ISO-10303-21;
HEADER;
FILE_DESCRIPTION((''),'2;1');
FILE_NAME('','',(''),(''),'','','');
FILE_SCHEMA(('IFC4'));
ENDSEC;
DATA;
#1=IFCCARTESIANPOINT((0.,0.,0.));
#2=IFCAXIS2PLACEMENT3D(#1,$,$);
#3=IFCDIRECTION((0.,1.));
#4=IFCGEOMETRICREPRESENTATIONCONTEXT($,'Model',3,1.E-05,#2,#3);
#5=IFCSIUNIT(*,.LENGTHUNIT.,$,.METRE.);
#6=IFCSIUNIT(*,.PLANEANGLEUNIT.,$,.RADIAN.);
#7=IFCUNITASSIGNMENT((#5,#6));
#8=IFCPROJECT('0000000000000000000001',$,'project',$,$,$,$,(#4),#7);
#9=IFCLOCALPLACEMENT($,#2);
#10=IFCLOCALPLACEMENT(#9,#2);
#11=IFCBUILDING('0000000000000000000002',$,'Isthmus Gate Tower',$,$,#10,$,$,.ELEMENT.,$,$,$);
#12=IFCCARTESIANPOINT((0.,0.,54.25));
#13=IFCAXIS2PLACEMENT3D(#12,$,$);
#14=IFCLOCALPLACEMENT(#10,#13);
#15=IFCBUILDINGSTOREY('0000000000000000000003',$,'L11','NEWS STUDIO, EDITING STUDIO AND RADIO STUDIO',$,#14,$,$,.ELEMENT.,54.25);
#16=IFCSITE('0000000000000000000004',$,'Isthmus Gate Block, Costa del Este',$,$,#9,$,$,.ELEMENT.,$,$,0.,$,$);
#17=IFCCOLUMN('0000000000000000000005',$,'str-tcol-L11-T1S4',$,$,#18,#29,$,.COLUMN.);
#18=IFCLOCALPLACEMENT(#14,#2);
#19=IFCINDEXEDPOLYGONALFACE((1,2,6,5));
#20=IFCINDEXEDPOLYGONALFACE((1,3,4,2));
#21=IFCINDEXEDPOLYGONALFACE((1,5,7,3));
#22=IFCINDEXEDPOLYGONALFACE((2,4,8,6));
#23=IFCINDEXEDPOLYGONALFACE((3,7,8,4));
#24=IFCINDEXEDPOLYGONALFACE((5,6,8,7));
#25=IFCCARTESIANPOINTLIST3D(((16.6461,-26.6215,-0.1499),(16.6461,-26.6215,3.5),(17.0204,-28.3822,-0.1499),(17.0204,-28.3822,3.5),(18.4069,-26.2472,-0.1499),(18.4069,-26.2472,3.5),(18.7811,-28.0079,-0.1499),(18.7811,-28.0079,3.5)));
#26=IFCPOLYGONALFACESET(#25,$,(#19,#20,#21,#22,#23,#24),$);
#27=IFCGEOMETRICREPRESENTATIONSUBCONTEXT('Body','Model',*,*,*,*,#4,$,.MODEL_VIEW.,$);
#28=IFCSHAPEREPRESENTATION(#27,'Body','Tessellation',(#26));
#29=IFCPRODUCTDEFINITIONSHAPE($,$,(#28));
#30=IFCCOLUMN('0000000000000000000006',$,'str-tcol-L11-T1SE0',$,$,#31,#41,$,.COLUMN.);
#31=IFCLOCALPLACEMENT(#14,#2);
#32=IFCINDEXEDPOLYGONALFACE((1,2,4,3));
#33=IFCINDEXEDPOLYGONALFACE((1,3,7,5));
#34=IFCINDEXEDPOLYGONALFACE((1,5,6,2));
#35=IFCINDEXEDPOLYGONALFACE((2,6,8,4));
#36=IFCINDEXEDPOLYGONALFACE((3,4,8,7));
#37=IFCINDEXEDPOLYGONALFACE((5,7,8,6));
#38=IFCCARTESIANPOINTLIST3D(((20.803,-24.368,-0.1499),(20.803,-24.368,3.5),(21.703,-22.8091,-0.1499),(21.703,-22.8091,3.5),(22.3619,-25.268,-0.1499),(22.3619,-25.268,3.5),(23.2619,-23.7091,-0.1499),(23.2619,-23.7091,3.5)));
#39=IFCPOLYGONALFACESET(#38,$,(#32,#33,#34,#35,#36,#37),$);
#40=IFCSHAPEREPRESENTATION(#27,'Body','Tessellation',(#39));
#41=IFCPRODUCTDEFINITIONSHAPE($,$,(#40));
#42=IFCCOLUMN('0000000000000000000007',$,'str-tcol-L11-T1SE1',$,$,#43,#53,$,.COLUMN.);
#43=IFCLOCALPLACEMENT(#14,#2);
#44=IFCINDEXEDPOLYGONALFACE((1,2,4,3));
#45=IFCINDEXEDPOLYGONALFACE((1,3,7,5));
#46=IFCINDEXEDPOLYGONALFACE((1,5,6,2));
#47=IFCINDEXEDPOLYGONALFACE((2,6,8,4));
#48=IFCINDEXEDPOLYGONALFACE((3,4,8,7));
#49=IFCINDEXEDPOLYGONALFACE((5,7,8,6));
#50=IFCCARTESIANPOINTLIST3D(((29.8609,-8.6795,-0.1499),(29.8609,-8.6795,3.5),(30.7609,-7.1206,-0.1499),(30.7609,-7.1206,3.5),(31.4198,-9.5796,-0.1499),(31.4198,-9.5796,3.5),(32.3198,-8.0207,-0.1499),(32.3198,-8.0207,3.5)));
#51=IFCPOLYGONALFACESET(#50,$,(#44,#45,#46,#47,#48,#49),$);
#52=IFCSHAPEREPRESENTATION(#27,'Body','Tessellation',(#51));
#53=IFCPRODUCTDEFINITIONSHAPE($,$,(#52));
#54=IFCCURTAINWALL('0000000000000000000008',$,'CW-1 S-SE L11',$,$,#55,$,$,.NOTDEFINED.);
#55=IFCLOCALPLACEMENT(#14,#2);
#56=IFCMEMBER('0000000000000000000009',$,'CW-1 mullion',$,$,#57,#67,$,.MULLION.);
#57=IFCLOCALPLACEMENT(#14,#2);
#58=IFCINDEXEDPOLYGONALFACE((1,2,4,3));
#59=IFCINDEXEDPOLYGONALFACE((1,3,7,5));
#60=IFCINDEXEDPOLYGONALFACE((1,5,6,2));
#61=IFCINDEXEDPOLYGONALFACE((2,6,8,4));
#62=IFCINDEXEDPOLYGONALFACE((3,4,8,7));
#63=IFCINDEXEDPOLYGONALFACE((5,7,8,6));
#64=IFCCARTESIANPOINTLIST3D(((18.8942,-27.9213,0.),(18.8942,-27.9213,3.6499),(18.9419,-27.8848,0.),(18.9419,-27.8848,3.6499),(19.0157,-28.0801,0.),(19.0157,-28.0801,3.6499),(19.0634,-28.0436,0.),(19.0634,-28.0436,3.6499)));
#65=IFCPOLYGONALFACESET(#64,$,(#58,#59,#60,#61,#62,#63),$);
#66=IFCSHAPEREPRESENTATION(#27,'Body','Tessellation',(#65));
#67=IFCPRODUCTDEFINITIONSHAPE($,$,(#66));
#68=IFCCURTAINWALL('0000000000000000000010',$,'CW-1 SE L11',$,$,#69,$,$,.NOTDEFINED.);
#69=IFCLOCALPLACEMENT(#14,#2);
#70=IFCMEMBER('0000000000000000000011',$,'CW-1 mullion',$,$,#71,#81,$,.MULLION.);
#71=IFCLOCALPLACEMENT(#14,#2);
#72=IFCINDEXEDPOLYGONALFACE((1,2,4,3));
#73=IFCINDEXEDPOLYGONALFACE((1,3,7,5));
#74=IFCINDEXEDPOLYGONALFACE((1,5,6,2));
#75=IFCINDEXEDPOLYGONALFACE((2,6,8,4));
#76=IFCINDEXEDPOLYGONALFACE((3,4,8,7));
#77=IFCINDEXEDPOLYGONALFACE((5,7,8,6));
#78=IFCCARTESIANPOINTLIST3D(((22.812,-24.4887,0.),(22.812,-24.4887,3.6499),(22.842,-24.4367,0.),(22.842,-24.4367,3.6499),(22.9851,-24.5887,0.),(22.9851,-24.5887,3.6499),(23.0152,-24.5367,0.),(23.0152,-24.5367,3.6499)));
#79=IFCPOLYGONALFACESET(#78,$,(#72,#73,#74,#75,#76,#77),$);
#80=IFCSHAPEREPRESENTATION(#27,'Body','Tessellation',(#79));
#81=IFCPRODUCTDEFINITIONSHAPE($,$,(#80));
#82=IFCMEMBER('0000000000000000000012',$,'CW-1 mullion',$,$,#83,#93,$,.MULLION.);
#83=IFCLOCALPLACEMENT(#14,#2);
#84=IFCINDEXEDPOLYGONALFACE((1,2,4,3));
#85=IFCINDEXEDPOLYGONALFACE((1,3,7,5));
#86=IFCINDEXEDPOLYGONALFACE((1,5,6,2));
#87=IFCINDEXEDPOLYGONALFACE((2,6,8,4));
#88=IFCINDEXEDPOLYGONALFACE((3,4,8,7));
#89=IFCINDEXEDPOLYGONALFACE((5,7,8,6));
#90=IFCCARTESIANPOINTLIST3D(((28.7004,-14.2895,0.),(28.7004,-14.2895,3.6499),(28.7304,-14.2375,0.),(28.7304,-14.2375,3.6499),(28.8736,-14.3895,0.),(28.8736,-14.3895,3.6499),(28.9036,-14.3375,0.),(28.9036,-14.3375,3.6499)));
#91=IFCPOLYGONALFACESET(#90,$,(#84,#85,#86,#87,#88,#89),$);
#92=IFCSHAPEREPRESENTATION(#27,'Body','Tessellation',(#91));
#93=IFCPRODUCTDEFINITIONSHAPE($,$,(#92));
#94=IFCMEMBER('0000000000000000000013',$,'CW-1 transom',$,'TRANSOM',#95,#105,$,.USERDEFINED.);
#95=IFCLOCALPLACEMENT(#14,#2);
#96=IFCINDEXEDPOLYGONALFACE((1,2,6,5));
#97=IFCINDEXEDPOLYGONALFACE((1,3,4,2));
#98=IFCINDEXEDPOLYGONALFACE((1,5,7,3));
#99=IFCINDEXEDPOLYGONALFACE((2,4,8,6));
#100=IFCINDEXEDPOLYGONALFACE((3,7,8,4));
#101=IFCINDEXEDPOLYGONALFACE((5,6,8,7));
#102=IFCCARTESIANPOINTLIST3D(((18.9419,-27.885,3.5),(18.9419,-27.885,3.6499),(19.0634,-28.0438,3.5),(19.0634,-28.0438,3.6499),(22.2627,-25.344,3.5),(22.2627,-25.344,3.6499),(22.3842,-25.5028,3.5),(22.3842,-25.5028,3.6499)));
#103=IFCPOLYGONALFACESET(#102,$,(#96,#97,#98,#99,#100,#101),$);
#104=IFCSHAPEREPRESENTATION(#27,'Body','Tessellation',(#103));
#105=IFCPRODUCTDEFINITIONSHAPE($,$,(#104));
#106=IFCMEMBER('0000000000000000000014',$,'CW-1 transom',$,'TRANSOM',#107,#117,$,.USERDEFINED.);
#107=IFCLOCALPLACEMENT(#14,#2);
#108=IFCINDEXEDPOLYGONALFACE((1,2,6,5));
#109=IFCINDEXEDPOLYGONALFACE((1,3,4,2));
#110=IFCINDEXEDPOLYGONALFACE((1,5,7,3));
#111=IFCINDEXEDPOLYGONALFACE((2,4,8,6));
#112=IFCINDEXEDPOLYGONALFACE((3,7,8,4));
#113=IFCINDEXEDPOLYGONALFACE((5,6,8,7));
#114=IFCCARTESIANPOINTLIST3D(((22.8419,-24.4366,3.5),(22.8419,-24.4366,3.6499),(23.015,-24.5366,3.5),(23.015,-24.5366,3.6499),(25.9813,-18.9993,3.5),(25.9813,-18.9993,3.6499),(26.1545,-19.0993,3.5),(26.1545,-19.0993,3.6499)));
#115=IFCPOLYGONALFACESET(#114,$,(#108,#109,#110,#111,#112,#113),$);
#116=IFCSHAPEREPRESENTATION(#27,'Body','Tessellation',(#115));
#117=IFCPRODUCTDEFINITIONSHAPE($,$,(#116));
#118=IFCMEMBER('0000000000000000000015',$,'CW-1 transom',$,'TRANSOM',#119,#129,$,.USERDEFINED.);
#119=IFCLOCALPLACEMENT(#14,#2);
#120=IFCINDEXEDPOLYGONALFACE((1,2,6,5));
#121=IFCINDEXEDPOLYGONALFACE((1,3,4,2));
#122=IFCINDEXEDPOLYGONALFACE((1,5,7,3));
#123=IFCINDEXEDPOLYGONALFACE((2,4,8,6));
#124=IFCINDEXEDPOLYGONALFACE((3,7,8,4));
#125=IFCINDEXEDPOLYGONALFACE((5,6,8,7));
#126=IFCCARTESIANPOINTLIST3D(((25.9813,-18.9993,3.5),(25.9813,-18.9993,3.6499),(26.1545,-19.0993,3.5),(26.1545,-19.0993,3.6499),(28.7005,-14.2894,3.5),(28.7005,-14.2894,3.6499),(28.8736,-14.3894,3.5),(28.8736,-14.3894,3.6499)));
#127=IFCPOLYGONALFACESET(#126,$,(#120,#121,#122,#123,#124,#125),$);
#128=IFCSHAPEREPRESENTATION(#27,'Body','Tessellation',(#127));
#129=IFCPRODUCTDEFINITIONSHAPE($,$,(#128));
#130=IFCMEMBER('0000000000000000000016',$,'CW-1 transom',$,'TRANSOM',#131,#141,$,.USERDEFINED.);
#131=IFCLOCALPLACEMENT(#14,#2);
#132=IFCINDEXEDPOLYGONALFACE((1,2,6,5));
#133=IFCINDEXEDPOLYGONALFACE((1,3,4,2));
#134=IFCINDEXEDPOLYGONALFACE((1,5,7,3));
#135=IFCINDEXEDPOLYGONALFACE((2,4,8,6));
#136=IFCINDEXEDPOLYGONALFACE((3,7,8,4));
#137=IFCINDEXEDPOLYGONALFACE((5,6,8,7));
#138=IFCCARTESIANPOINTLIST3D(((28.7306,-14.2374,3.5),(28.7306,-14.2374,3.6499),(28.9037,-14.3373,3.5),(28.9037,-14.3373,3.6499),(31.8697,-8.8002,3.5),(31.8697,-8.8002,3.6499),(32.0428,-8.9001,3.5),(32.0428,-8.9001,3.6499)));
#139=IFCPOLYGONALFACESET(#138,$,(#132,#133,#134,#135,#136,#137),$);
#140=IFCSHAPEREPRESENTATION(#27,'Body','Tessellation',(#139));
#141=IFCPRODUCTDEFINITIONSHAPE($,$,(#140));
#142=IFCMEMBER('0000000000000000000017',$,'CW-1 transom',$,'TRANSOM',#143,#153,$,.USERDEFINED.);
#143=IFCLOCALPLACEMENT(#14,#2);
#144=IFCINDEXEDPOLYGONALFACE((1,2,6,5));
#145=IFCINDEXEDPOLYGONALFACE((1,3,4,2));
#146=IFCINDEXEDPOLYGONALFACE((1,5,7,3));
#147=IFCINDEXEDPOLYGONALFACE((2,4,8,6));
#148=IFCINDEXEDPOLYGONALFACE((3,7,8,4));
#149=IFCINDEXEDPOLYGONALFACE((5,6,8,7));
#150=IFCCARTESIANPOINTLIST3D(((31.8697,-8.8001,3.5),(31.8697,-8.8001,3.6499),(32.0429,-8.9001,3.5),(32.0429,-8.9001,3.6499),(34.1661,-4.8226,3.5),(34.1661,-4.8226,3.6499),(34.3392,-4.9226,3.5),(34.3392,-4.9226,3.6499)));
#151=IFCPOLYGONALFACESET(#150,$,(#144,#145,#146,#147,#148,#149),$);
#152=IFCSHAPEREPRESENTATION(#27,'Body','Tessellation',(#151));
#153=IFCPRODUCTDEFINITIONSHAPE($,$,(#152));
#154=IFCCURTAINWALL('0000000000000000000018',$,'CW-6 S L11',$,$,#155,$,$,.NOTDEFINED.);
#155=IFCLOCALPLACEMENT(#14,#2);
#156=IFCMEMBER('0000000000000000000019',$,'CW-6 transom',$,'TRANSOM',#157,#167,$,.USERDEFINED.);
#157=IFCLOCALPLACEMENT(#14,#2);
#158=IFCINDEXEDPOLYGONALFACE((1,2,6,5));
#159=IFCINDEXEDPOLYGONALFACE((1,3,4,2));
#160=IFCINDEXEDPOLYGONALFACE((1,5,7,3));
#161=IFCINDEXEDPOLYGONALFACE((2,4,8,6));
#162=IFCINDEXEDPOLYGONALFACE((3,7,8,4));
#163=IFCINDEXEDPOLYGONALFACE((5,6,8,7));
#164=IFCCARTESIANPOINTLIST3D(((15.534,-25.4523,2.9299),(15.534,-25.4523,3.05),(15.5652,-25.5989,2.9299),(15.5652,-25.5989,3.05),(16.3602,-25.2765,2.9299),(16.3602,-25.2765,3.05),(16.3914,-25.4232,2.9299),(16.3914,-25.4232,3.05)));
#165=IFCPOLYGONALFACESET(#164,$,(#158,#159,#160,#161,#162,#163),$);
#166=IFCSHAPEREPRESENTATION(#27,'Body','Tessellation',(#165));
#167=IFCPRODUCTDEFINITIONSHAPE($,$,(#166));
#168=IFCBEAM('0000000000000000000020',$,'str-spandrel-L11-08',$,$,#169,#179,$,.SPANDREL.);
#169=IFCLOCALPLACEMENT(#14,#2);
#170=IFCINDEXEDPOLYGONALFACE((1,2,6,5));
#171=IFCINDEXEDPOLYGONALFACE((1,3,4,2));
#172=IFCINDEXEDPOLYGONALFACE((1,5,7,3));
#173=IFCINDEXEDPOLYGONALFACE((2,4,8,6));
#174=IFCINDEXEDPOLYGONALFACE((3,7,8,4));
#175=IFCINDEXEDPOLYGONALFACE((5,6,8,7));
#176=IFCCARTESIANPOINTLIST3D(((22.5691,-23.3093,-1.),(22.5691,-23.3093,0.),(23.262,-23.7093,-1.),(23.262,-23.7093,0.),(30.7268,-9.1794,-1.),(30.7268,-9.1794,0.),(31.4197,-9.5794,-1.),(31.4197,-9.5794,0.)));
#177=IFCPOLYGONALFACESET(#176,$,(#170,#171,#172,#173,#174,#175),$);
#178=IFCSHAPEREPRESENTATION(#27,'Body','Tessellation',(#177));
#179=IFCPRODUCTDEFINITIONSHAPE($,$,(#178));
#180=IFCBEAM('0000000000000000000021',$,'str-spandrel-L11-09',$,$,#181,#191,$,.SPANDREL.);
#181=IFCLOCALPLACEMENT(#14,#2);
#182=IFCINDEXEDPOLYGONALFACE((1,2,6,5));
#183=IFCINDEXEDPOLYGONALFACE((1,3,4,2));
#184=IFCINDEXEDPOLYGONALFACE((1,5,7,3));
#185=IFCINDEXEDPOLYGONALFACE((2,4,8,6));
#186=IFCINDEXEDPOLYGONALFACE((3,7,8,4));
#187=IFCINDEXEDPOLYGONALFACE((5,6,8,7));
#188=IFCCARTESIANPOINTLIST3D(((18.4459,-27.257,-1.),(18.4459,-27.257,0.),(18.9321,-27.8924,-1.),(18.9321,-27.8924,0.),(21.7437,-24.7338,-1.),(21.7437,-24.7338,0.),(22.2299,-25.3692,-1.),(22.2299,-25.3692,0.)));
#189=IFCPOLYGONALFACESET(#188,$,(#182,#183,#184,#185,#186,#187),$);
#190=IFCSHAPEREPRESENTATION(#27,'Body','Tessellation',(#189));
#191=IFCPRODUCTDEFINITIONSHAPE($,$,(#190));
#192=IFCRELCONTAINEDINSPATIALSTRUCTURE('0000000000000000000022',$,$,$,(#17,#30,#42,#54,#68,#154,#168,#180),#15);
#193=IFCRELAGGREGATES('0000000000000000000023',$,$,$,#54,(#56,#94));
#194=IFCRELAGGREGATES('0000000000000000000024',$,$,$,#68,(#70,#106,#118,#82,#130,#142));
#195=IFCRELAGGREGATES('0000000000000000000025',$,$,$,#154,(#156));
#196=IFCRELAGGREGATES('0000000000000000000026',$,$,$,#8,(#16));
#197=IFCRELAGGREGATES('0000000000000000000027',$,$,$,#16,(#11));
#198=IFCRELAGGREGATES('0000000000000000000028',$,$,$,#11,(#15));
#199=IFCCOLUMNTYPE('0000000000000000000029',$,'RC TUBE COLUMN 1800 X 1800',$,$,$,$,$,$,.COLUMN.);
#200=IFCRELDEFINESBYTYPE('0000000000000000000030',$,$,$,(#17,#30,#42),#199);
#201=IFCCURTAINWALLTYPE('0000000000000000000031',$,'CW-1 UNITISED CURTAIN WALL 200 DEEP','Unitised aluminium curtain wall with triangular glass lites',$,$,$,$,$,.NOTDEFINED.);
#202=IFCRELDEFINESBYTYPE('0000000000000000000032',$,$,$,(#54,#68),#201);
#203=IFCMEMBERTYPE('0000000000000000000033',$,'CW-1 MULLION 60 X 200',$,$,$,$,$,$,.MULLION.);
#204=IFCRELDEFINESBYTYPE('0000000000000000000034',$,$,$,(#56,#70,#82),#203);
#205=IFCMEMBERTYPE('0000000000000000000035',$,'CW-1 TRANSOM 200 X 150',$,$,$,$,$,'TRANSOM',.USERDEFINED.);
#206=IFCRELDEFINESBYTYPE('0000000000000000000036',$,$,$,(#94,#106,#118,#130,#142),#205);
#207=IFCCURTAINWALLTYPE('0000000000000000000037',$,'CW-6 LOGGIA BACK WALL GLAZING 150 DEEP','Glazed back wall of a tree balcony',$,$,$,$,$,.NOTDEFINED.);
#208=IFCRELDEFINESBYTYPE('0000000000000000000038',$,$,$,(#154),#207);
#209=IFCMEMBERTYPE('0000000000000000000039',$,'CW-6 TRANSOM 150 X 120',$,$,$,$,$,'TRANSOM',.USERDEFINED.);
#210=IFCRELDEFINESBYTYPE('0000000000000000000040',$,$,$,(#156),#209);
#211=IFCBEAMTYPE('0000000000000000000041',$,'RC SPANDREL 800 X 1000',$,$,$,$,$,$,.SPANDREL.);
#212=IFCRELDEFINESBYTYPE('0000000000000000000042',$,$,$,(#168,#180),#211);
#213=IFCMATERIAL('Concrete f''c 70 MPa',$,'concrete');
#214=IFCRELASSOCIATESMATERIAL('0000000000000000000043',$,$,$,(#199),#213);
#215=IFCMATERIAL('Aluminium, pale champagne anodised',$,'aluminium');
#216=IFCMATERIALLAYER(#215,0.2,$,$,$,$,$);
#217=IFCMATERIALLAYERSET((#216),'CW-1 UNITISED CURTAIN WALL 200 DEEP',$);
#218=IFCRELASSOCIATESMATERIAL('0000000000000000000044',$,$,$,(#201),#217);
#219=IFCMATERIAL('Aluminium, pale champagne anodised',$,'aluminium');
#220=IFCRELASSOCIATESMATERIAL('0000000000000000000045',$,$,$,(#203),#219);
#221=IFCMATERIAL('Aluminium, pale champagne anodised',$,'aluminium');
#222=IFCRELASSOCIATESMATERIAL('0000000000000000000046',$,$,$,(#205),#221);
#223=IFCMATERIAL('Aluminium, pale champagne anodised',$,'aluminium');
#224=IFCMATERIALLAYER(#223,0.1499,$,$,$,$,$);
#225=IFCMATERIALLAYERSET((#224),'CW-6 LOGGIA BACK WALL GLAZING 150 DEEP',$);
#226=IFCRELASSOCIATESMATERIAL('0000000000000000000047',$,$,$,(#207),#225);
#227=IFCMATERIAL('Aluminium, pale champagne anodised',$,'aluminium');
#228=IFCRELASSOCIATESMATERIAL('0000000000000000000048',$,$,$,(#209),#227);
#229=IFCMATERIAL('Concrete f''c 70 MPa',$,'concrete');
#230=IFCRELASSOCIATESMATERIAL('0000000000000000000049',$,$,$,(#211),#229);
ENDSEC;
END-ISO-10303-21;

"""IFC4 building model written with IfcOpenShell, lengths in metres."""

from ifc_helpers import new_model, si_unit, direction, frame, origin, origin_2d, place, context, subcontext, project, spatial, rectangle, extrude, material, layer, layer_set, material_profile, profile_set, type_object, element, aggregate, save


model = new_model("IFC4")

# Units and contexts
model_context = context("Model", 3, precision=1e-05, world=origin(), true_north=direction((0.0, 1.0)))
body_context = subcontext(model_context, "Body", "Model", "MODEL_VIEW")
ifc_project = project(units=[si_unit("LENGTHUNIT", "METRE"), si_unit("PLANEANGLEUNIT", "RADIAN")], contexts=[model_context])

# Site, building, storey
site_placement = place(None, origin())
site = spatial("IfcSite", under=ifc_project, at=site_placement, Name="Isthmus Gate Block, Costa del Este", CompositionType="ELEMENT", RefElevation=0.0)
building_placement = place(site_placement, origin())
building = spatial("IfcBuilding", under=site, at=building_placement, Name="Isthmus Gate Tower", CompositionType="ELEMENT")
storey_placement = place(building_placement, frame((0.0, 0.0, 54.25)))
storey = spatial("IfcBuildingStorey", under=building, at=storey_placement, Name="L11", Description="NEWS STUDIO, EDITING STUDIO AND RADIO STUDIO", CompositionType="ELEMENT", Elevation=54.25)

# Columns
ifc_material_1 = material(Name="Concrete f'c 70 MPa", Category="concrete")
ifc_material_profile_1 = material_profile(ifc_material_1, rectangle(XDim=1.8, YDim=1.8, at=origin_2d()), Name="RC 1800X1800")
ifc_profile_set_1 = profile_set([ifc_material_profile_1], Name="Concrete f'c 70 MPa")
column_type = type_object("IfcColumnType", Name="RC TUBE COLUMN 1800 X 1800", PredefinedType="COLUMN", material=ifc_profile_set_1)
for number, where, z_axis, x_axis, name in (
    (1, (17.7136, -27.3147, -0.1499), (0.0, 0.0, 1.0), (0.978148, 0.207912, 0.0), "str-tcol-L11-T1S4"),
    (2, (22.0325, -24.0386, -0.1499), (0.0, 0.0, 1.0), (0.5, 0.866025, 0.0), "str-tcol-L11-T1SE0"),
    (3, (31.0903, -8.3501, -0.1499), (0.0, 0.0, 1.0), (0.5, 0.866025, 0.0), "str-tcol-L11-T1SE1"),
):
    element("IfcColumn", number, at=place(storey_placement, frame(where, z_axis=z_axis, x_axis=x_axis)), inside=storey, type_object=column_type, Name=name, PredefinedType="COLUMN", context=body_context, shape_type="SweptSolid", body=[
        extrude(rectangle(XDim=1.8, YDim=1.8, at=origin_2d()), origin(), (0.0, 0.0, 1.0), 3.6499),
    ])

# Curtain wall, member
ifc_material_2 = material(Name="Aluminium, pale champagne anodised", Category="aluminium")
ifc_layer_1 = layer(ifc_material_2, 0.2)
ifc_layer_set_1 = layer_set([ifc_layer_1], Name="CW-1 UNITISED CURTAIN WALL 200 DEEP")
curtain_wall_type_1 = type_object("IfcCurtainWallType", Name="CW-1 UNITISED CURTAIN WALL 200 DEEP", Description="Unitised aluminium curtain wall with triangular glass lites", PredefinedType="NOTDEFINED", material=ifc_layer_set_1)
curtain_wall_1_placement = place(storey_placement, origin())
curtain_wall_1 = element("IfcCurtainWall", 4, at=curtain_wall_1_placement, inside=storey, type_object=curtain_wall_type_1, Name="CW-1 S-SE L11", PredefinedType="NOTDEFINED")
ifc_material_3 = material(Name="Aluminium, pale champagne anodised", Category="aluminium")
ifc_material_profile_2 = material_profile(ifc_material_3, rectangle(XDim=0.0601, YDim=0.2, at=origin_2d()), Name="60x200")
ifc_profile_set_2 = profile_set([ifc_material_profile_2], Name="Aluminium, pale champagne anodised")
member_type_1 = type_object("IfcMemberType", Name="CW-1 MULLION 60 X 200", PredefinedType="MULLION", material=ifc_profile_set_2)
member_1_placement = place(storey_placement, frame((18.9788, -27.9824, 0.0), z_axis=(0.0, 0.0, 1.0), x_axis=(0.794189, 0.607671, 0.0)))
member_1 = element("IfcMember", 5, at=member_1_placement, type_object=member_type_1, Name="CW-1 mullion", PredefinedType="MULLION", context=body_context, shape_type="SweptSolid", body=[
    extrude(rectangle(XDim=0.0601, YDim=0.2, at=origin_2d()), origin(), (0.0, 0.0, 1.0), 3.6499),
])

# Curtain wall, members
curtain_wall_2_placement = place(storey_placement, origin())
curtain_wall_2 = element("IfcCurtainWall", 6, at=curtain_wall_2_placement, inside=storey, type_object=curtain_wall_type_1, Name="CW-1 SE L11", PredefinedType="NOTDEFINED")
member_2_placement = place(storey_placement, frame((22.9136, -24.5127, 0.0), z_axis=(0.0, 0.0, 1.0), x_axis=(0.5, 0.866025, 0.0)))
member_2 = element("IfcMember", 7, at=member_2_placement, type_object=member_type_1, Name="CW-1 mullion", PredefinedType="MULLION", context=body_context, shape_type="SweptSolid", body=[
    extrude(rectangle(XDim=0.0601, YDim=0.2, at=origin_2d()), origin(), (0.0, 0.0, 1.0), 3.6499),
])
member_3_placement = place(storey_placement, frame((28.802, -14.3135, 0.0), z_axis=(0.0, 0.0, 1.0), x_axis=(0.5, 0.866025, 0.0)))
member_3 = element("IfcMember", 8, at=member_3_placement, type_object=member_type_1, Name="CW-1 mullion", PredefinedType="MULLION", context=body_context, shape_type="SweptSolid", body=[
    extrude(rectangle(XDim=0.0601, YDim=0.2, at=origin_2d()), origin(), (0.0, 0.0, 1.0), 3.6499),
])

# Members
ifc_material_4 = material(Name="Aluminium, pale champagne anodised", Category="aluminium")
ifc_material_profile_3 = material_profile(ifc_material_4, rectangle(XDim=0.2, YDim=0.1499, at=origin_2d()), Name="200x150")
ifc_profile_set_3 = profile_set([ifc_material_profile_3], Name="Aluminium, pale champagne anodised")
member_type_2 = type_object("IfcMemberType", Name="CW-1 TRANSOM 200 X 150", ElementType="TRANSOM", PredefinedType="USERDEFINED", material=ifc_profile_set_3)
member_4_placement = place(storey_placement, frame((19.0027, -27.9644, 3.575), z_axis=(0.794175, 0.607688, 0.0), x_axis=(-0.607688, 0.794175, 0.0)))
member_4 = element("IfcMember", 9, at=member_4_placement, type_object=member_type_2, Name="CW-1 transom", ObjectType="TRANSOM", PredefinedType="USERDEFINED", context=body_context, shape_type="SweptSolid", body=[
    extrude(rectangle(XDim=0.2, YDim=0.1499, at=origin_2d()), origin(), (0.0, 0.0, 1.0), 4.1814),
])
member_5_placement = place(storey_placement, frame((22.9285, -24.4866, 3.575), z_axis=(0.500024, 0.866011, 0.0), x_axis=(-0.866011, 0.500024, 0.0)))
member_5 = element("IfcMember", 10, at=member_5_placement, type_object=member_type_2, Name="CW-1 transom", ObjectType="TRANSOM", PredefinedType="USERDEFINED", context=body_context, shape_type="SweptSolid", body=[
    extrude(rectangle(XDim=0.2, YDim=0.1499, at=origin_2d()), origin(), (0.0, 0.0, 1.0), 6.2786),
])
member_6_placement = place(storey_placement, frame((26.0679, -19.0493, 3.575), z_axis=(0.499992, 0.86603, 0.0), x_axis=(-0.86603, 0.499992, 0.0)))
member_6 = element("IfcMember", 11, at=member_6_placement, type_object=member_type_2, Name="CW-1 transom", ObjectType="TRANSOM", PredefinedType="USERDEFINED", context=body_context, shape_type="SweptSolid", body=[
    extrude(rectangle(XDim=0.2, YDim=0.1499, at=origin_2d()), origin(), (0.0, 0.0, 1.0), 5.4385),
])
member_7_placement = place(storey_placement, frame((28.8171, -14.2874, 3.575), z_axis=(0.499995, 0.866028, 0.0), x_axis=(-0.866028, 0.499995, 0.0)))
member_7 = element("IfcMember", 12, at=member_7_placement, type_object=member_type_2, Name="CW-1 transom", ObjectType="TRANSOM", PredefinedType="USERDEFINED", context=body_context, shape_type="SweptSolid", body=[
    extrude(rectangle(XDim=0.2, YDim=0.1499, at=origin_2d()), origin(), (0.0, 0.0, 1.0), 6.2783),
])
member_8_placement = place(storey_placement, frame((31.9563, -8.8501, 3.575), z_axis=(0.499992, 0.86603, 0.0), x_axis=(-0.86603, 0.499992, 0.0)))
member_8 = element("IfcMember", 13, at=member_8_placement, type_object=member_type_2, Name="CW-1 transom", ObjectType="TRANSOM", PredefinedType="USERDEFINED", context=body_context, shape_type="SweptSolid", body=[
    extrude(rectangle(XDim=0.2, YDim=0.1499, at=origin_2d()), origin(), (0.0, 0.0, 1.0), 4.5928),
])

# Curtain wall, member
ifc_material_5 = material(Name="Aluminium, pale champagne anodised", Category="aluminium")
ifc_layer_2 = layer(ifc_material_5, 0.1499)
ifc_layer_set_2 = layer_set([ifc_layer_2], Name="CW-6 LOGGIA BACK WALL GLAZING 150 DEEP")
curtain_wall_type_2 = type_object("IfcCurtainWallType", Name="CW-6 LOGGIA BACK WALL GLAZING 150 DEEP", Description="Glazed back wall of a tree balcony", PredefinedType="NOTDEFINED", material=ifc_layer_set_2)
curtain_wall_3_placement = place(storey_placement, origin())
curtain_wall_3 = element("IfcCurtainWall", 14, at=curtain_wall_3_placement, inside=storey, type_object=curtain_wall_type_2, Name="CW-6 S L11", PredefinedType="NOTDEFINED")
ifc_material_6 = material(Name="Aluminium, pale champagne anodised", Category="aluminium")
ifc_material_profile_4 = material_profile(ifc_material_6, rectangle(XDim=0.1499, YDim=0.1201, at=origin_2d()), Name="150x120")
ifc_profile_set_4 = profile_set([ifc_material_profile_4], Name="Aluminium, pale champagne anodised")
member_type_3 = type_object("IfcMemberType", Name="CW-6 TRANSOM 150 X 120", ElementType="TRANSOM", PredefinedType="USERDEFINED", material=ifc_profile_set_4)
member_9_placement = place(storey_placement, frame((15.5496, -25.5256, 2.99), z_axis=(0.978106, 0.208108, 0.0), x_axis=(-0.208108, 0.978106, 0.0)))
member_9 = element("IfcMember", 15, at=member_9_placement, type_object=member_type_3, Name="CW-6 transom", ObjectType="TRANSOM", PredefinedType="USERDEFINED", context=body_context, shape_type="SweptSolid", body=[
    extrude(rectangle(XDim=0.1499, YDim=0.1201, at=origin_2d()), origin(), (0.0, 0.0, 1.0), 0.8447),
])

# Beams
ifc_material_7 = material(Name="Concrete f'c 70 MPa", Category="concrete")
ifc_material_profile_5 = material_profile(ifc_material_7, rectangle(XDim=0.8, YDim=1.0, at=origin_2d()), Name="RC 800X1000")
ifc_profile_set_5 = profile_set([ifc_material_profile_5], Name="Concrete f'c 70 MPa")
beam_type_1 = type_object("IfcBeamType", Name="RC SPANDREL 800 X 1000", PredefinedType="SPANDREL", material=ifc_profile_set_5)
beam_1_placement = place(storey_placement, frame((31.0732, -9.3794, -0.5), z_axis=(-0.499992, -0.86603, 0.0), x_axis=(0.86603, -0.499992, 0.0)))
element("IfcBeam", 16, at=beam_1_placement, inside=storey, type_object=beam_type_1, Name="str-spandrel-L11-08", PredefinedType="SPANDREL", context=body_context, shape_type="SweptSolid", body=[
    extrude(rectangle(XDim=0.8, YDim=1.0, at=origin_2d()), origin(), (0.0, 0.0, 1.0), 16.3157),
])
beam_2_placement = place(storey_placement, frame((21.9868, -25.0515, -0.5), z_axis=(-0.794206, -0.607649, 0.0), x_axis=(0.607649, -0.794206, 0.0)))
element("IfcBeam", 17, at=beam_2_placement, inside=storey, type_object=beam_type_1, Name="str-spandrel-L11-09", PredefinedType="SPANDREL", context=body_context, shape_type="SweptSolid", body=[
    extrude(rectangle(XDim=0.8, YDim=1.0, at=origin_2d()), origin(), (0.0, 0.0, 1.0), 4.1523),
])

aggregate(curtain_wall_1, [member_1, member_4])
aggregate(curtain_wall_2, [member_2, member_5, member_6, member_3, member_7, member_8])
aggregate(curtain_wall_3, [member_9])

save(model, "model.ifc")
